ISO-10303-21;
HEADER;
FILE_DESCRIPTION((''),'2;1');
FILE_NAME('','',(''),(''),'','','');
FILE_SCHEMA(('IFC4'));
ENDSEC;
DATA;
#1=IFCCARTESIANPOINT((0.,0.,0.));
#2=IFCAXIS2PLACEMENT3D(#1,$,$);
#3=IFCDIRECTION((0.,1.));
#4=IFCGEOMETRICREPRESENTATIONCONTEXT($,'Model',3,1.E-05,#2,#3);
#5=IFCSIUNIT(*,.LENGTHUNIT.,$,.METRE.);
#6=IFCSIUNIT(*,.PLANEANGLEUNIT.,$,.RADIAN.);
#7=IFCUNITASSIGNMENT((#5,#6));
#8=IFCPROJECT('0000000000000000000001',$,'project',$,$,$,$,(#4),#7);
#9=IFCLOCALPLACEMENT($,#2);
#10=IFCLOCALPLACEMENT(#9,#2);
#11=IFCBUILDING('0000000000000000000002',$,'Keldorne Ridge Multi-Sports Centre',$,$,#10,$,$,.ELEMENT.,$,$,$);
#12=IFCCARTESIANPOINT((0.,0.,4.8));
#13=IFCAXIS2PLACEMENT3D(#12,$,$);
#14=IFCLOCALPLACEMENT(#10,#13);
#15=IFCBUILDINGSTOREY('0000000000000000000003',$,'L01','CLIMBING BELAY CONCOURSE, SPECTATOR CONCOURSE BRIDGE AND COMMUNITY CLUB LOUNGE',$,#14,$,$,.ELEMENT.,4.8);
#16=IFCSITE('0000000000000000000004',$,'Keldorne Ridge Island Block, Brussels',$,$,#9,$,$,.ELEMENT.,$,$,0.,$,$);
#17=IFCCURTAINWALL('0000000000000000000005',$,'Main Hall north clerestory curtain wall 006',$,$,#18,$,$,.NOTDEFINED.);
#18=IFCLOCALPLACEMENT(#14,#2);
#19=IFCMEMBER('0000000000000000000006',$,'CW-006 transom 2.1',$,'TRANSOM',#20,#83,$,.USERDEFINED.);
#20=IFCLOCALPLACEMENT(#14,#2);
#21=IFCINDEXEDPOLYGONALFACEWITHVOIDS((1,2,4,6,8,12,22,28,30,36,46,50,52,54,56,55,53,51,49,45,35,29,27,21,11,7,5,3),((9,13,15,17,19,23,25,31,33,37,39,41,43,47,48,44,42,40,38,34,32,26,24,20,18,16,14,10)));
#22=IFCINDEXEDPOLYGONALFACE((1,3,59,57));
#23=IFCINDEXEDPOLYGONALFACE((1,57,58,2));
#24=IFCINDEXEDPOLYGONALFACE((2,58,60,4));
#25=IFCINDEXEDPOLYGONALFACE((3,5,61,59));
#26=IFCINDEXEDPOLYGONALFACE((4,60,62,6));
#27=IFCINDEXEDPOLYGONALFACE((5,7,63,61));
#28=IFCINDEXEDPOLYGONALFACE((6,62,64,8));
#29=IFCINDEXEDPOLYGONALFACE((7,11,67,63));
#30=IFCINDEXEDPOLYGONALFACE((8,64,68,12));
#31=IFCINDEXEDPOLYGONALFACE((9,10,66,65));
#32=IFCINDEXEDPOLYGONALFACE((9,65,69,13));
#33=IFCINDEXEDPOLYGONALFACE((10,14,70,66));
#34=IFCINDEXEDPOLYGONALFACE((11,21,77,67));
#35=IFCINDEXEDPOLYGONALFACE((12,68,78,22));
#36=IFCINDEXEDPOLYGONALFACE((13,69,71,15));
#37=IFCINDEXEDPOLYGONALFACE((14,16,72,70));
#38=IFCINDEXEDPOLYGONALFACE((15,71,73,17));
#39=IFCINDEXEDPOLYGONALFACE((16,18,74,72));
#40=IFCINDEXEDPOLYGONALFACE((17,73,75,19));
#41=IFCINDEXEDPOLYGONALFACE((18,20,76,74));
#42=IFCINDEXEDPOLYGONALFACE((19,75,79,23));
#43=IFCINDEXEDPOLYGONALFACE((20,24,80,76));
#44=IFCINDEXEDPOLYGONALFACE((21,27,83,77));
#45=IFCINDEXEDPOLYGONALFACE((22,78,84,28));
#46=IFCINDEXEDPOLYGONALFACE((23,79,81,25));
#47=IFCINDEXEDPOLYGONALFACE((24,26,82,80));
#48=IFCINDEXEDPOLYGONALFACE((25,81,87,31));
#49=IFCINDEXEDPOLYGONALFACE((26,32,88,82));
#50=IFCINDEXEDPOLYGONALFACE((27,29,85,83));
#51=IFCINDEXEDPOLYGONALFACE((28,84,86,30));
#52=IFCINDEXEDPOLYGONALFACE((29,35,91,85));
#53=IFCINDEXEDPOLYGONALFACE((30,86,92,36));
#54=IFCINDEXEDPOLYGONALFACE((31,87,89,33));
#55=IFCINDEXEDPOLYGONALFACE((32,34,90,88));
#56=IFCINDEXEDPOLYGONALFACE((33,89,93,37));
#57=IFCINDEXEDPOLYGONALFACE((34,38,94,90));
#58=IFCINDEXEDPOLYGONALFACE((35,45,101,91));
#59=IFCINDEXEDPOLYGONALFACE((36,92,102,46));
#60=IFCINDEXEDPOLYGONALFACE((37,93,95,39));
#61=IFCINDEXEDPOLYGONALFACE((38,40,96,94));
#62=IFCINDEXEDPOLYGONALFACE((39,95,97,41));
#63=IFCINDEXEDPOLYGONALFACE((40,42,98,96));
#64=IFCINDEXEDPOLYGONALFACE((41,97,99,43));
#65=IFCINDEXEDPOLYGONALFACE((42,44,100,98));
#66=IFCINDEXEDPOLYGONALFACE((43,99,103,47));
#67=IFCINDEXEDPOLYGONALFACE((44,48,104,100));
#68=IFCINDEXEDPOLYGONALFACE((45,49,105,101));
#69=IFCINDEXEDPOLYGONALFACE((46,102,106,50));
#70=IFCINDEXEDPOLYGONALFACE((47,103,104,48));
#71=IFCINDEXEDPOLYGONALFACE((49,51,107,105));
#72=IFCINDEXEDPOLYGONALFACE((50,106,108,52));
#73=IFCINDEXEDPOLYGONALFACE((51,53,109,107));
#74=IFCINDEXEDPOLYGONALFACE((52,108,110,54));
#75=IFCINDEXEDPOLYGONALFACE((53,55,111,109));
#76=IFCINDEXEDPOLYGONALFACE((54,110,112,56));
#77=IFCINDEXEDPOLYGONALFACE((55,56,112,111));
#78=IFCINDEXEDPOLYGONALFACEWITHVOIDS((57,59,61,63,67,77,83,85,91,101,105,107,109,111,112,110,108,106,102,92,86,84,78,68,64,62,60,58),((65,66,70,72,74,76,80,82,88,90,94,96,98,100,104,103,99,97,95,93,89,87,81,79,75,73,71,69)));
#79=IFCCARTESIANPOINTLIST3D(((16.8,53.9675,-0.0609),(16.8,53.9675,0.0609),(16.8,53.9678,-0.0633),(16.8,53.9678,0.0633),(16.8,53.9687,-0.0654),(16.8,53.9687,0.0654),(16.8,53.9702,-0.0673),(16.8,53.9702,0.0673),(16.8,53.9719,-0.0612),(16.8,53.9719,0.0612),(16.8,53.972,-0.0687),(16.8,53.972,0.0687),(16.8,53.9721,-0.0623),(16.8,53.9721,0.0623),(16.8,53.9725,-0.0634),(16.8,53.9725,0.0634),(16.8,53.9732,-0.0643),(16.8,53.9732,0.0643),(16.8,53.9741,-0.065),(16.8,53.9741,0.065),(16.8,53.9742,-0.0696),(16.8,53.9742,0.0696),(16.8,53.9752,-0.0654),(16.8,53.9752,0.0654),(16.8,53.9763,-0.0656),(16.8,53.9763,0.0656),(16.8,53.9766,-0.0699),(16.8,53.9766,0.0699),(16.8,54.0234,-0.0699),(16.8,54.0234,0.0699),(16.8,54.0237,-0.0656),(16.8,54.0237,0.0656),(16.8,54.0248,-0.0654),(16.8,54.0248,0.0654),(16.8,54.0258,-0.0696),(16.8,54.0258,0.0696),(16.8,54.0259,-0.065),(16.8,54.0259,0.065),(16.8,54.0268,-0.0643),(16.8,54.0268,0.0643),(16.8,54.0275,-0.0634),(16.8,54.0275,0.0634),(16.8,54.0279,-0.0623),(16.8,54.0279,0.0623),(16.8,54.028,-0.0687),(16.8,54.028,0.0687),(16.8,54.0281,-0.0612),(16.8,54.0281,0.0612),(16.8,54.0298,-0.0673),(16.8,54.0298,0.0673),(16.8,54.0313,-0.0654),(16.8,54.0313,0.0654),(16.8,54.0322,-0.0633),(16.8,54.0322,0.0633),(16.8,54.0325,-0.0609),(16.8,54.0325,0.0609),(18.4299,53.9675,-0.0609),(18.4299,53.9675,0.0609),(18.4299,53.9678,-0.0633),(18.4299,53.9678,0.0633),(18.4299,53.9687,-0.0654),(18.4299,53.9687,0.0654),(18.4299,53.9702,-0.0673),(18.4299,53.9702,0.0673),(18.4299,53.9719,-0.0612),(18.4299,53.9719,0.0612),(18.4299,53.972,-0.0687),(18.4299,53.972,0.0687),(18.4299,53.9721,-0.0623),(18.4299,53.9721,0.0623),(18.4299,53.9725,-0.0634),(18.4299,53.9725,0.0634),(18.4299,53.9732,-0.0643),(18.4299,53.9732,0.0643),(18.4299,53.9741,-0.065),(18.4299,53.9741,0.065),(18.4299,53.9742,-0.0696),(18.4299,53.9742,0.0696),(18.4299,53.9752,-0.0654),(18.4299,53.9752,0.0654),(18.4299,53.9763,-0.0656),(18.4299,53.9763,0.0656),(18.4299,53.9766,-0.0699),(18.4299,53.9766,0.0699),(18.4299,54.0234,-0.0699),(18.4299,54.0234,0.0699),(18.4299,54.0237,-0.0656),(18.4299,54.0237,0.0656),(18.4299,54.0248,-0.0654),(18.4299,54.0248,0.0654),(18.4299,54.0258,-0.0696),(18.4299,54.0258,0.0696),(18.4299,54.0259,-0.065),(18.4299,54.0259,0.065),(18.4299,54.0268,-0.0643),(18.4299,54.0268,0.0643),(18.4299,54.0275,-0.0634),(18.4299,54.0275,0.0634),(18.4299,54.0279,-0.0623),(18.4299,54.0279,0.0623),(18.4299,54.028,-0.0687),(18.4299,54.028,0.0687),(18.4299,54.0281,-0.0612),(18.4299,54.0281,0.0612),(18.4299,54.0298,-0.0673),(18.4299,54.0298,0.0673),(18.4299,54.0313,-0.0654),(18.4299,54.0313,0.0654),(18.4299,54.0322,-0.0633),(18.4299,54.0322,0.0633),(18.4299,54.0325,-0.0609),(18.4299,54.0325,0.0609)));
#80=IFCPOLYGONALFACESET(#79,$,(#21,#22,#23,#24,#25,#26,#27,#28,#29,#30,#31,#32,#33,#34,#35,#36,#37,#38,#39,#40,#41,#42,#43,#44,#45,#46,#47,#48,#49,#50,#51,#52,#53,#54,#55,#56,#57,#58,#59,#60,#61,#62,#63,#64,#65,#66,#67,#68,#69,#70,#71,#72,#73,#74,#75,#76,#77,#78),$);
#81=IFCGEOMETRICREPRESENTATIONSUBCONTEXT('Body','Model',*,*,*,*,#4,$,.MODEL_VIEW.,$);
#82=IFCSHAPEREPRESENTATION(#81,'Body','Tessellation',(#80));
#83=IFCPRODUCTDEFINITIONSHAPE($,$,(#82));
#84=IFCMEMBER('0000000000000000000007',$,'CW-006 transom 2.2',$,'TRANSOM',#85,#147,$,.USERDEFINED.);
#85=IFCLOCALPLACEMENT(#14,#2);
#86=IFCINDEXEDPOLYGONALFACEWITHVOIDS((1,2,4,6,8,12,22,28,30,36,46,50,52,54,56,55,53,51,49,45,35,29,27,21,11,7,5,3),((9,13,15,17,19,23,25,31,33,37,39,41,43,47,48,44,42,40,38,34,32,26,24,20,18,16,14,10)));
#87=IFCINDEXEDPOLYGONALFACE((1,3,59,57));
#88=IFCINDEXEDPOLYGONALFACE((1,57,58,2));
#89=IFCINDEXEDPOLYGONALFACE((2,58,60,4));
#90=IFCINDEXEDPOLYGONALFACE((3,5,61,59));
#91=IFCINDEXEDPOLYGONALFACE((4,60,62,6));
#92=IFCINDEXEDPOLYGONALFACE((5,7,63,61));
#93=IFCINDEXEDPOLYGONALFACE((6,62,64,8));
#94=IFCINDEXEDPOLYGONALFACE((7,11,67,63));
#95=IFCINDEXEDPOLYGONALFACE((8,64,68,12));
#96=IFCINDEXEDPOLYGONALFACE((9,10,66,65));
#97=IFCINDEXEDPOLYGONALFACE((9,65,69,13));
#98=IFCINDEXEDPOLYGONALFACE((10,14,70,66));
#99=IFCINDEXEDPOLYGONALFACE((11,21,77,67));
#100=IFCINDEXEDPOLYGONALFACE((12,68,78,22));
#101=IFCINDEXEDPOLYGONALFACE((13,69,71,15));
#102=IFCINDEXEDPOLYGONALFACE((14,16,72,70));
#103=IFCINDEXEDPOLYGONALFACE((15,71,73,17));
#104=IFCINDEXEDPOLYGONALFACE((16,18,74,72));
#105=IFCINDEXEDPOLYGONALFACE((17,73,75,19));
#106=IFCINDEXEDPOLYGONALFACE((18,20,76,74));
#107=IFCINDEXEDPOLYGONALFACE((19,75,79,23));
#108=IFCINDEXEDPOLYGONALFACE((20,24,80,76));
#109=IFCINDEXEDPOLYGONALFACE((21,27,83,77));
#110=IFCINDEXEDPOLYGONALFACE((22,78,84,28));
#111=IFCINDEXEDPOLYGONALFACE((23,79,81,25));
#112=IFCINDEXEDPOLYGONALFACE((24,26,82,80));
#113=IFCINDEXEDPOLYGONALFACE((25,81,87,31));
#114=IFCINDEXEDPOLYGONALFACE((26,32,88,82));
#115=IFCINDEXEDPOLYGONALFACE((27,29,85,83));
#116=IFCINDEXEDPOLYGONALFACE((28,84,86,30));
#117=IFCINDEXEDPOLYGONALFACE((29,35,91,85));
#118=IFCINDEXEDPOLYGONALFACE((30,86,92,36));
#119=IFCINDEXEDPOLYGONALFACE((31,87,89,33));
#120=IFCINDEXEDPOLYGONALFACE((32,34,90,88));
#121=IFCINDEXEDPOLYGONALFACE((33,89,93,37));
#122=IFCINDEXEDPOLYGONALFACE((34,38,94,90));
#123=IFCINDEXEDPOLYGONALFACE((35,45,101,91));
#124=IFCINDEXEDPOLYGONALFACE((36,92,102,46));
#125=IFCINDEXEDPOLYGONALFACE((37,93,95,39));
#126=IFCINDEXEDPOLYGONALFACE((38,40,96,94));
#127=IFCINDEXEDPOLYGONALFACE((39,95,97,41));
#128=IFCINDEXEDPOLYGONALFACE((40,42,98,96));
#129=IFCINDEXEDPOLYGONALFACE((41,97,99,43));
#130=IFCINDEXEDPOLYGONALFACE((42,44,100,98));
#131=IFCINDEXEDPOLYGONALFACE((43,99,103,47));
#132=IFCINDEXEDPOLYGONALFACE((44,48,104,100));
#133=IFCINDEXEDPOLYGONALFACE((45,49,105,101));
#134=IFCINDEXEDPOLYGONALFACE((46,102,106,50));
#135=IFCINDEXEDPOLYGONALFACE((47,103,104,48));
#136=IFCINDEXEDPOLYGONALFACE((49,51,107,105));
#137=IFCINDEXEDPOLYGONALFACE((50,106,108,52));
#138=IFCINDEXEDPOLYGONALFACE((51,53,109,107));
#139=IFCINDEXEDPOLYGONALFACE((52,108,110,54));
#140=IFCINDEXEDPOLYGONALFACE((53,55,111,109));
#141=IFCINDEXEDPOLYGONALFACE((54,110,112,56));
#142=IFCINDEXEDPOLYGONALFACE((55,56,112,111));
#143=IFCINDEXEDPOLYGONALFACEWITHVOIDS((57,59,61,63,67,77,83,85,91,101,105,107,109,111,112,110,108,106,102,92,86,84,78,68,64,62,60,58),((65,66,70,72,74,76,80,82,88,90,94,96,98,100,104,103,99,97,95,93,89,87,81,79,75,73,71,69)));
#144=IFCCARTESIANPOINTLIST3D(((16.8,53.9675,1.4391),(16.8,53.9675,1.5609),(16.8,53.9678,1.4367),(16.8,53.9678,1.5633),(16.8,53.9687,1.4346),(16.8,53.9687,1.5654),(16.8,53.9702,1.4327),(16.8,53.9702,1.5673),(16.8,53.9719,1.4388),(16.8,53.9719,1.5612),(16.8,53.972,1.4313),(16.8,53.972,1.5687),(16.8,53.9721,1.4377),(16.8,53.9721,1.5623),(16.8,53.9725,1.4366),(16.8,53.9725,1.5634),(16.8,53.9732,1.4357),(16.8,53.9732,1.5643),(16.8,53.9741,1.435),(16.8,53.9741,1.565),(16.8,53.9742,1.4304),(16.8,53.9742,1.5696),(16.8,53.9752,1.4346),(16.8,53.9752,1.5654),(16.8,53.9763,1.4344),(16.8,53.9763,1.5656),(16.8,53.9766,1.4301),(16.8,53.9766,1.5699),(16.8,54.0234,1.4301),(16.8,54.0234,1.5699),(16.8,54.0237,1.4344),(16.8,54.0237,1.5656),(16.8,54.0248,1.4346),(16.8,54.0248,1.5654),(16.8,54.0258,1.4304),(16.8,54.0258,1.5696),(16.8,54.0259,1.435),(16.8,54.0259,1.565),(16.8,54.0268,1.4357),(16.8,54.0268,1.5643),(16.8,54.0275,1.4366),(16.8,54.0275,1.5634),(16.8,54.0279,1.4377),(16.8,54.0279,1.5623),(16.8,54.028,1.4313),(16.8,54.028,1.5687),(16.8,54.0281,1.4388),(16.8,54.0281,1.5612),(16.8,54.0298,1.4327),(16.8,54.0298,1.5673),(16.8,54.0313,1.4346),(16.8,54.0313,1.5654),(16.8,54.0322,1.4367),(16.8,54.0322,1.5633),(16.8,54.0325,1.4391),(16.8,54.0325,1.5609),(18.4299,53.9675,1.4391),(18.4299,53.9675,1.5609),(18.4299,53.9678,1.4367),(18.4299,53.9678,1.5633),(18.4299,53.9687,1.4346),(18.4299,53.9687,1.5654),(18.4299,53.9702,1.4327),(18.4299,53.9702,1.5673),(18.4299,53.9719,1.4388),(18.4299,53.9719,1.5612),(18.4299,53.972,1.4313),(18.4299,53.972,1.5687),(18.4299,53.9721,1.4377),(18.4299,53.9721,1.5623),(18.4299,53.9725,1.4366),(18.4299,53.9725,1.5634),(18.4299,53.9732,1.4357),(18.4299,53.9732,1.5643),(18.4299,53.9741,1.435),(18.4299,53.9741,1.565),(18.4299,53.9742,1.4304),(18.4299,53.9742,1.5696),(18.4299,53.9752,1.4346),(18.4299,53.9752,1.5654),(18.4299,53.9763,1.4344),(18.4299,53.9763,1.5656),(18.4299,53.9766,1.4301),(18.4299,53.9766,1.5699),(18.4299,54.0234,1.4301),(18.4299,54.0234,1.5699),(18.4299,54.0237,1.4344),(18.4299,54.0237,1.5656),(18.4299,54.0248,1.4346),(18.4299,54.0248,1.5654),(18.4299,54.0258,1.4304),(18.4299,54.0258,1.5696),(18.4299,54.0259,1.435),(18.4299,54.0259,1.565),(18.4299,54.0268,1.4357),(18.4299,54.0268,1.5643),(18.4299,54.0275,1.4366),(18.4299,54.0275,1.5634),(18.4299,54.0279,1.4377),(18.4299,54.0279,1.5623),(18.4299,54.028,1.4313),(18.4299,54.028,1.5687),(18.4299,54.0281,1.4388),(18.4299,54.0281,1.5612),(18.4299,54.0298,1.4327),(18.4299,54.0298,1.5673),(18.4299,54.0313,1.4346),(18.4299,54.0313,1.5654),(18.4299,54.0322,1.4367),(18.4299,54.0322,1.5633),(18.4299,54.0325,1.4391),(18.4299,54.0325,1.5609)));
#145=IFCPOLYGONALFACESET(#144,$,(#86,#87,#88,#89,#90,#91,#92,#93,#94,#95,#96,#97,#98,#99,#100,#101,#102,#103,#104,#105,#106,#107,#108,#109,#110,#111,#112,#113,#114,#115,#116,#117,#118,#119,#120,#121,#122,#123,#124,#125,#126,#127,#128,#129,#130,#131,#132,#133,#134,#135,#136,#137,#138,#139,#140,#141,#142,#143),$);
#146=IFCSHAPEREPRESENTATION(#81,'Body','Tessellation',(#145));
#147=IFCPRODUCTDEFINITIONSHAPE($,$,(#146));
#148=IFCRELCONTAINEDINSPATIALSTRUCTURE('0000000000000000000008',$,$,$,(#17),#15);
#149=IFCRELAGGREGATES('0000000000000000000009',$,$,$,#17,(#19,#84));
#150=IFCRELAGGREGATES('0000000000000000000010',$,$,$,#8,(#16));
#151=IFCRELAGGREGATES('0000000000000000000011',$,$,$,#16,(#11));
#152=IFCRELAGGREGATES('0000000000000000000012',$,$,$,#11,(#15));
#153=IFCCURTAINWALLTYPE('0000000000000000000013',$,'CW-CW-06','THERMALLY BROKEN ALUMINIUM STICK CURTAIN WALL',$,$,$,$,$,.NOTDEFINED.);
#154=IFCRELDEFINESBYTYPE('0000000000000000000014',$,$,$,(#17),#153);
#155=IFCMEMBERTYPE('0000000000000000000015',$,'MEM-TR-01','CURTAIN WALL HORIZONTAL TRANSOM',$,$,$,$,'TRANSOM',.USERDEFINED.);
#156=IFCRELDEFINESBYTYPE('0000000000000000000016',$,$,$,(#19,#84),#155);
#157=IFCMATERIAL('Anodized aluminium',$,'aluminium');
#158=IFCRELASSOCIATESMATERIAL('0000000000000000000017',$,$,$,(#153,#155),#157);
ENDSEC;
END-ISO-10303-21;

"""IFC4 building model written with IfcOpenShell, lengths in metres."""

from ifc_helpers import new_model, si_unit, direction, frame, origin, origin_2d, place, context, subcontext, project, spatial, hollow_rectangle, extrude, material, material_profile, profile_set, type_object, element, aggregate, save


model = new_model("IFC4")

# Units and contexts
model_context = context("Model", 3, precision=1e-05, world=origin(), true_north=direction((0.0, 1.0)))
body_context = subcontext(model_context, "Body", "Model", "MODEL_VIEW")
ifc_project = project(units=[si_unit("LENGTHUNIT", "METRE"), si_unit("PLANEANGLEUNIT", "RADIAN")], contexts=[model_context])

# Site, building, storey
site_placement = place(None, origin())
site = spatial("IfcSite", under=ifc_project, at=site_placement, Name="Keldorne Ridge Island Block, Brussels", CompositionType="ELEMENT", RefElevation=0.0)
building_placement = place(site_placement, origin())
building = spatial("IfcBuilding", under=site, at=building_placement, Name="Keldorne Ridge Multi-Sports Centre", CompositionType="ELEMENT")
storey_placement = place(building_placement, frame((0.0, 0.0, 4.8)))
storey = spatial("IfcBuildingStorey", under=building, at=storey_placement, Name="L01", Description="CLIMBING BELAY CONCOURSE, SPECTATOR CONCOURSE BRIDGE AND COMMUNITY CLUB LOUNGE", CompositionType="ELEMENT", Elevation=4.8)

# Curtain wall
ifc_material_1 = material(Name="Anodized aluminium", Category="aluminium")
curtain_wall_type_1 = type_object("IfcCurtainWallType", Name="CW-CW-06", Description="THERMALLY BROKEN ALUMINIUM STICK CURTAIN WALL", PredefinedType="NOTDEFINED", material=ifc_material_1)
curtain_wall_1_placement = place(storey_placement, origin())
curtain_wall_1 = element("IfcCurtainWall", 1, at=curtain_wall_1_placement, inside=storey, type_object=curtain_wall_type_1, Name="Main Hall north clerestory curtain wall 006", PredefinedType="NOTDEFINED")

# Members
ifc_material_profile_1 = material_profile(ifc_material_1, hollow_rectangle(XDim=0.0649, YDim=0.1399, WallThickness=0.0044, InnerFilletRadius=0.0044, OuterFilletRadius=0.009, at=origin_2d()), Name="ALU TRANSOM 140x65x4.5")
ifc_profile_set_1 = profile_set([ifc_material_profile_1], Name="Anodized aluminium")
member_type_1 = type_object("IfcMemberType", Name="MEM-TR-01", Description="CURTAIN WALL HORIZONTAL TRANSOM", ElementType="TRANSOM", PredefinedType="USERDEFINED", material=ifc_profile_set_1)
member_1_placement = place(storey_placement, frame((18.4299, 54.0, 0.0), z_axis=(-1.0, 0.0, 0.0), x_axis=(0.0, -1.0, 0.0)))
member_1 = element("IfcMember", 2, at=member_1_placement, type_object=member_type_1, Name="CW-006 transom 2.1", ObjectType="TRANSOM", PredefinedType="USERDEFINED", context=body_context, shape_type="SweptSolid", body=[
    extrude(hollow_rectangle(XDim=0.0649, YDim=0.1399, WallThickness=0.0044, InnerFilletRadius=0.0044, OuterFilletRadius=0.009, at=origin_2d()), origin(), (0.0, 0.0, 1.0), 1.6299),
])
member_2_placement = place(storey_placement, frame((18.4299, 54.0, 1.5), z_axis=(-1.0, 0.0, 0.0), x_axis=(0.0, -1.0, 0.0)))
member_2 = element("IfcMember", 3, at=member_2_placement, type_object=member_type_1, Name="CW-006 transom 2.2", ObjectType="TRANSOM", PredefinedType="USERDEFINED", context=body_context, shape_type="SweptSolid", body=[
    extrude(hollow_rectangle(XDim=0.0649, YDim=0.1399, WallThickness=0.0044, InnerFilletRadius=0.0044, OuterFilletRadius=0.009, at=origin_2d()), origin(), (0.0, 0.0, 1.0), 1.6299),
])

aggregate(curtain_wall_1, [member_1, member_2])

save(model, "model.ifc")
